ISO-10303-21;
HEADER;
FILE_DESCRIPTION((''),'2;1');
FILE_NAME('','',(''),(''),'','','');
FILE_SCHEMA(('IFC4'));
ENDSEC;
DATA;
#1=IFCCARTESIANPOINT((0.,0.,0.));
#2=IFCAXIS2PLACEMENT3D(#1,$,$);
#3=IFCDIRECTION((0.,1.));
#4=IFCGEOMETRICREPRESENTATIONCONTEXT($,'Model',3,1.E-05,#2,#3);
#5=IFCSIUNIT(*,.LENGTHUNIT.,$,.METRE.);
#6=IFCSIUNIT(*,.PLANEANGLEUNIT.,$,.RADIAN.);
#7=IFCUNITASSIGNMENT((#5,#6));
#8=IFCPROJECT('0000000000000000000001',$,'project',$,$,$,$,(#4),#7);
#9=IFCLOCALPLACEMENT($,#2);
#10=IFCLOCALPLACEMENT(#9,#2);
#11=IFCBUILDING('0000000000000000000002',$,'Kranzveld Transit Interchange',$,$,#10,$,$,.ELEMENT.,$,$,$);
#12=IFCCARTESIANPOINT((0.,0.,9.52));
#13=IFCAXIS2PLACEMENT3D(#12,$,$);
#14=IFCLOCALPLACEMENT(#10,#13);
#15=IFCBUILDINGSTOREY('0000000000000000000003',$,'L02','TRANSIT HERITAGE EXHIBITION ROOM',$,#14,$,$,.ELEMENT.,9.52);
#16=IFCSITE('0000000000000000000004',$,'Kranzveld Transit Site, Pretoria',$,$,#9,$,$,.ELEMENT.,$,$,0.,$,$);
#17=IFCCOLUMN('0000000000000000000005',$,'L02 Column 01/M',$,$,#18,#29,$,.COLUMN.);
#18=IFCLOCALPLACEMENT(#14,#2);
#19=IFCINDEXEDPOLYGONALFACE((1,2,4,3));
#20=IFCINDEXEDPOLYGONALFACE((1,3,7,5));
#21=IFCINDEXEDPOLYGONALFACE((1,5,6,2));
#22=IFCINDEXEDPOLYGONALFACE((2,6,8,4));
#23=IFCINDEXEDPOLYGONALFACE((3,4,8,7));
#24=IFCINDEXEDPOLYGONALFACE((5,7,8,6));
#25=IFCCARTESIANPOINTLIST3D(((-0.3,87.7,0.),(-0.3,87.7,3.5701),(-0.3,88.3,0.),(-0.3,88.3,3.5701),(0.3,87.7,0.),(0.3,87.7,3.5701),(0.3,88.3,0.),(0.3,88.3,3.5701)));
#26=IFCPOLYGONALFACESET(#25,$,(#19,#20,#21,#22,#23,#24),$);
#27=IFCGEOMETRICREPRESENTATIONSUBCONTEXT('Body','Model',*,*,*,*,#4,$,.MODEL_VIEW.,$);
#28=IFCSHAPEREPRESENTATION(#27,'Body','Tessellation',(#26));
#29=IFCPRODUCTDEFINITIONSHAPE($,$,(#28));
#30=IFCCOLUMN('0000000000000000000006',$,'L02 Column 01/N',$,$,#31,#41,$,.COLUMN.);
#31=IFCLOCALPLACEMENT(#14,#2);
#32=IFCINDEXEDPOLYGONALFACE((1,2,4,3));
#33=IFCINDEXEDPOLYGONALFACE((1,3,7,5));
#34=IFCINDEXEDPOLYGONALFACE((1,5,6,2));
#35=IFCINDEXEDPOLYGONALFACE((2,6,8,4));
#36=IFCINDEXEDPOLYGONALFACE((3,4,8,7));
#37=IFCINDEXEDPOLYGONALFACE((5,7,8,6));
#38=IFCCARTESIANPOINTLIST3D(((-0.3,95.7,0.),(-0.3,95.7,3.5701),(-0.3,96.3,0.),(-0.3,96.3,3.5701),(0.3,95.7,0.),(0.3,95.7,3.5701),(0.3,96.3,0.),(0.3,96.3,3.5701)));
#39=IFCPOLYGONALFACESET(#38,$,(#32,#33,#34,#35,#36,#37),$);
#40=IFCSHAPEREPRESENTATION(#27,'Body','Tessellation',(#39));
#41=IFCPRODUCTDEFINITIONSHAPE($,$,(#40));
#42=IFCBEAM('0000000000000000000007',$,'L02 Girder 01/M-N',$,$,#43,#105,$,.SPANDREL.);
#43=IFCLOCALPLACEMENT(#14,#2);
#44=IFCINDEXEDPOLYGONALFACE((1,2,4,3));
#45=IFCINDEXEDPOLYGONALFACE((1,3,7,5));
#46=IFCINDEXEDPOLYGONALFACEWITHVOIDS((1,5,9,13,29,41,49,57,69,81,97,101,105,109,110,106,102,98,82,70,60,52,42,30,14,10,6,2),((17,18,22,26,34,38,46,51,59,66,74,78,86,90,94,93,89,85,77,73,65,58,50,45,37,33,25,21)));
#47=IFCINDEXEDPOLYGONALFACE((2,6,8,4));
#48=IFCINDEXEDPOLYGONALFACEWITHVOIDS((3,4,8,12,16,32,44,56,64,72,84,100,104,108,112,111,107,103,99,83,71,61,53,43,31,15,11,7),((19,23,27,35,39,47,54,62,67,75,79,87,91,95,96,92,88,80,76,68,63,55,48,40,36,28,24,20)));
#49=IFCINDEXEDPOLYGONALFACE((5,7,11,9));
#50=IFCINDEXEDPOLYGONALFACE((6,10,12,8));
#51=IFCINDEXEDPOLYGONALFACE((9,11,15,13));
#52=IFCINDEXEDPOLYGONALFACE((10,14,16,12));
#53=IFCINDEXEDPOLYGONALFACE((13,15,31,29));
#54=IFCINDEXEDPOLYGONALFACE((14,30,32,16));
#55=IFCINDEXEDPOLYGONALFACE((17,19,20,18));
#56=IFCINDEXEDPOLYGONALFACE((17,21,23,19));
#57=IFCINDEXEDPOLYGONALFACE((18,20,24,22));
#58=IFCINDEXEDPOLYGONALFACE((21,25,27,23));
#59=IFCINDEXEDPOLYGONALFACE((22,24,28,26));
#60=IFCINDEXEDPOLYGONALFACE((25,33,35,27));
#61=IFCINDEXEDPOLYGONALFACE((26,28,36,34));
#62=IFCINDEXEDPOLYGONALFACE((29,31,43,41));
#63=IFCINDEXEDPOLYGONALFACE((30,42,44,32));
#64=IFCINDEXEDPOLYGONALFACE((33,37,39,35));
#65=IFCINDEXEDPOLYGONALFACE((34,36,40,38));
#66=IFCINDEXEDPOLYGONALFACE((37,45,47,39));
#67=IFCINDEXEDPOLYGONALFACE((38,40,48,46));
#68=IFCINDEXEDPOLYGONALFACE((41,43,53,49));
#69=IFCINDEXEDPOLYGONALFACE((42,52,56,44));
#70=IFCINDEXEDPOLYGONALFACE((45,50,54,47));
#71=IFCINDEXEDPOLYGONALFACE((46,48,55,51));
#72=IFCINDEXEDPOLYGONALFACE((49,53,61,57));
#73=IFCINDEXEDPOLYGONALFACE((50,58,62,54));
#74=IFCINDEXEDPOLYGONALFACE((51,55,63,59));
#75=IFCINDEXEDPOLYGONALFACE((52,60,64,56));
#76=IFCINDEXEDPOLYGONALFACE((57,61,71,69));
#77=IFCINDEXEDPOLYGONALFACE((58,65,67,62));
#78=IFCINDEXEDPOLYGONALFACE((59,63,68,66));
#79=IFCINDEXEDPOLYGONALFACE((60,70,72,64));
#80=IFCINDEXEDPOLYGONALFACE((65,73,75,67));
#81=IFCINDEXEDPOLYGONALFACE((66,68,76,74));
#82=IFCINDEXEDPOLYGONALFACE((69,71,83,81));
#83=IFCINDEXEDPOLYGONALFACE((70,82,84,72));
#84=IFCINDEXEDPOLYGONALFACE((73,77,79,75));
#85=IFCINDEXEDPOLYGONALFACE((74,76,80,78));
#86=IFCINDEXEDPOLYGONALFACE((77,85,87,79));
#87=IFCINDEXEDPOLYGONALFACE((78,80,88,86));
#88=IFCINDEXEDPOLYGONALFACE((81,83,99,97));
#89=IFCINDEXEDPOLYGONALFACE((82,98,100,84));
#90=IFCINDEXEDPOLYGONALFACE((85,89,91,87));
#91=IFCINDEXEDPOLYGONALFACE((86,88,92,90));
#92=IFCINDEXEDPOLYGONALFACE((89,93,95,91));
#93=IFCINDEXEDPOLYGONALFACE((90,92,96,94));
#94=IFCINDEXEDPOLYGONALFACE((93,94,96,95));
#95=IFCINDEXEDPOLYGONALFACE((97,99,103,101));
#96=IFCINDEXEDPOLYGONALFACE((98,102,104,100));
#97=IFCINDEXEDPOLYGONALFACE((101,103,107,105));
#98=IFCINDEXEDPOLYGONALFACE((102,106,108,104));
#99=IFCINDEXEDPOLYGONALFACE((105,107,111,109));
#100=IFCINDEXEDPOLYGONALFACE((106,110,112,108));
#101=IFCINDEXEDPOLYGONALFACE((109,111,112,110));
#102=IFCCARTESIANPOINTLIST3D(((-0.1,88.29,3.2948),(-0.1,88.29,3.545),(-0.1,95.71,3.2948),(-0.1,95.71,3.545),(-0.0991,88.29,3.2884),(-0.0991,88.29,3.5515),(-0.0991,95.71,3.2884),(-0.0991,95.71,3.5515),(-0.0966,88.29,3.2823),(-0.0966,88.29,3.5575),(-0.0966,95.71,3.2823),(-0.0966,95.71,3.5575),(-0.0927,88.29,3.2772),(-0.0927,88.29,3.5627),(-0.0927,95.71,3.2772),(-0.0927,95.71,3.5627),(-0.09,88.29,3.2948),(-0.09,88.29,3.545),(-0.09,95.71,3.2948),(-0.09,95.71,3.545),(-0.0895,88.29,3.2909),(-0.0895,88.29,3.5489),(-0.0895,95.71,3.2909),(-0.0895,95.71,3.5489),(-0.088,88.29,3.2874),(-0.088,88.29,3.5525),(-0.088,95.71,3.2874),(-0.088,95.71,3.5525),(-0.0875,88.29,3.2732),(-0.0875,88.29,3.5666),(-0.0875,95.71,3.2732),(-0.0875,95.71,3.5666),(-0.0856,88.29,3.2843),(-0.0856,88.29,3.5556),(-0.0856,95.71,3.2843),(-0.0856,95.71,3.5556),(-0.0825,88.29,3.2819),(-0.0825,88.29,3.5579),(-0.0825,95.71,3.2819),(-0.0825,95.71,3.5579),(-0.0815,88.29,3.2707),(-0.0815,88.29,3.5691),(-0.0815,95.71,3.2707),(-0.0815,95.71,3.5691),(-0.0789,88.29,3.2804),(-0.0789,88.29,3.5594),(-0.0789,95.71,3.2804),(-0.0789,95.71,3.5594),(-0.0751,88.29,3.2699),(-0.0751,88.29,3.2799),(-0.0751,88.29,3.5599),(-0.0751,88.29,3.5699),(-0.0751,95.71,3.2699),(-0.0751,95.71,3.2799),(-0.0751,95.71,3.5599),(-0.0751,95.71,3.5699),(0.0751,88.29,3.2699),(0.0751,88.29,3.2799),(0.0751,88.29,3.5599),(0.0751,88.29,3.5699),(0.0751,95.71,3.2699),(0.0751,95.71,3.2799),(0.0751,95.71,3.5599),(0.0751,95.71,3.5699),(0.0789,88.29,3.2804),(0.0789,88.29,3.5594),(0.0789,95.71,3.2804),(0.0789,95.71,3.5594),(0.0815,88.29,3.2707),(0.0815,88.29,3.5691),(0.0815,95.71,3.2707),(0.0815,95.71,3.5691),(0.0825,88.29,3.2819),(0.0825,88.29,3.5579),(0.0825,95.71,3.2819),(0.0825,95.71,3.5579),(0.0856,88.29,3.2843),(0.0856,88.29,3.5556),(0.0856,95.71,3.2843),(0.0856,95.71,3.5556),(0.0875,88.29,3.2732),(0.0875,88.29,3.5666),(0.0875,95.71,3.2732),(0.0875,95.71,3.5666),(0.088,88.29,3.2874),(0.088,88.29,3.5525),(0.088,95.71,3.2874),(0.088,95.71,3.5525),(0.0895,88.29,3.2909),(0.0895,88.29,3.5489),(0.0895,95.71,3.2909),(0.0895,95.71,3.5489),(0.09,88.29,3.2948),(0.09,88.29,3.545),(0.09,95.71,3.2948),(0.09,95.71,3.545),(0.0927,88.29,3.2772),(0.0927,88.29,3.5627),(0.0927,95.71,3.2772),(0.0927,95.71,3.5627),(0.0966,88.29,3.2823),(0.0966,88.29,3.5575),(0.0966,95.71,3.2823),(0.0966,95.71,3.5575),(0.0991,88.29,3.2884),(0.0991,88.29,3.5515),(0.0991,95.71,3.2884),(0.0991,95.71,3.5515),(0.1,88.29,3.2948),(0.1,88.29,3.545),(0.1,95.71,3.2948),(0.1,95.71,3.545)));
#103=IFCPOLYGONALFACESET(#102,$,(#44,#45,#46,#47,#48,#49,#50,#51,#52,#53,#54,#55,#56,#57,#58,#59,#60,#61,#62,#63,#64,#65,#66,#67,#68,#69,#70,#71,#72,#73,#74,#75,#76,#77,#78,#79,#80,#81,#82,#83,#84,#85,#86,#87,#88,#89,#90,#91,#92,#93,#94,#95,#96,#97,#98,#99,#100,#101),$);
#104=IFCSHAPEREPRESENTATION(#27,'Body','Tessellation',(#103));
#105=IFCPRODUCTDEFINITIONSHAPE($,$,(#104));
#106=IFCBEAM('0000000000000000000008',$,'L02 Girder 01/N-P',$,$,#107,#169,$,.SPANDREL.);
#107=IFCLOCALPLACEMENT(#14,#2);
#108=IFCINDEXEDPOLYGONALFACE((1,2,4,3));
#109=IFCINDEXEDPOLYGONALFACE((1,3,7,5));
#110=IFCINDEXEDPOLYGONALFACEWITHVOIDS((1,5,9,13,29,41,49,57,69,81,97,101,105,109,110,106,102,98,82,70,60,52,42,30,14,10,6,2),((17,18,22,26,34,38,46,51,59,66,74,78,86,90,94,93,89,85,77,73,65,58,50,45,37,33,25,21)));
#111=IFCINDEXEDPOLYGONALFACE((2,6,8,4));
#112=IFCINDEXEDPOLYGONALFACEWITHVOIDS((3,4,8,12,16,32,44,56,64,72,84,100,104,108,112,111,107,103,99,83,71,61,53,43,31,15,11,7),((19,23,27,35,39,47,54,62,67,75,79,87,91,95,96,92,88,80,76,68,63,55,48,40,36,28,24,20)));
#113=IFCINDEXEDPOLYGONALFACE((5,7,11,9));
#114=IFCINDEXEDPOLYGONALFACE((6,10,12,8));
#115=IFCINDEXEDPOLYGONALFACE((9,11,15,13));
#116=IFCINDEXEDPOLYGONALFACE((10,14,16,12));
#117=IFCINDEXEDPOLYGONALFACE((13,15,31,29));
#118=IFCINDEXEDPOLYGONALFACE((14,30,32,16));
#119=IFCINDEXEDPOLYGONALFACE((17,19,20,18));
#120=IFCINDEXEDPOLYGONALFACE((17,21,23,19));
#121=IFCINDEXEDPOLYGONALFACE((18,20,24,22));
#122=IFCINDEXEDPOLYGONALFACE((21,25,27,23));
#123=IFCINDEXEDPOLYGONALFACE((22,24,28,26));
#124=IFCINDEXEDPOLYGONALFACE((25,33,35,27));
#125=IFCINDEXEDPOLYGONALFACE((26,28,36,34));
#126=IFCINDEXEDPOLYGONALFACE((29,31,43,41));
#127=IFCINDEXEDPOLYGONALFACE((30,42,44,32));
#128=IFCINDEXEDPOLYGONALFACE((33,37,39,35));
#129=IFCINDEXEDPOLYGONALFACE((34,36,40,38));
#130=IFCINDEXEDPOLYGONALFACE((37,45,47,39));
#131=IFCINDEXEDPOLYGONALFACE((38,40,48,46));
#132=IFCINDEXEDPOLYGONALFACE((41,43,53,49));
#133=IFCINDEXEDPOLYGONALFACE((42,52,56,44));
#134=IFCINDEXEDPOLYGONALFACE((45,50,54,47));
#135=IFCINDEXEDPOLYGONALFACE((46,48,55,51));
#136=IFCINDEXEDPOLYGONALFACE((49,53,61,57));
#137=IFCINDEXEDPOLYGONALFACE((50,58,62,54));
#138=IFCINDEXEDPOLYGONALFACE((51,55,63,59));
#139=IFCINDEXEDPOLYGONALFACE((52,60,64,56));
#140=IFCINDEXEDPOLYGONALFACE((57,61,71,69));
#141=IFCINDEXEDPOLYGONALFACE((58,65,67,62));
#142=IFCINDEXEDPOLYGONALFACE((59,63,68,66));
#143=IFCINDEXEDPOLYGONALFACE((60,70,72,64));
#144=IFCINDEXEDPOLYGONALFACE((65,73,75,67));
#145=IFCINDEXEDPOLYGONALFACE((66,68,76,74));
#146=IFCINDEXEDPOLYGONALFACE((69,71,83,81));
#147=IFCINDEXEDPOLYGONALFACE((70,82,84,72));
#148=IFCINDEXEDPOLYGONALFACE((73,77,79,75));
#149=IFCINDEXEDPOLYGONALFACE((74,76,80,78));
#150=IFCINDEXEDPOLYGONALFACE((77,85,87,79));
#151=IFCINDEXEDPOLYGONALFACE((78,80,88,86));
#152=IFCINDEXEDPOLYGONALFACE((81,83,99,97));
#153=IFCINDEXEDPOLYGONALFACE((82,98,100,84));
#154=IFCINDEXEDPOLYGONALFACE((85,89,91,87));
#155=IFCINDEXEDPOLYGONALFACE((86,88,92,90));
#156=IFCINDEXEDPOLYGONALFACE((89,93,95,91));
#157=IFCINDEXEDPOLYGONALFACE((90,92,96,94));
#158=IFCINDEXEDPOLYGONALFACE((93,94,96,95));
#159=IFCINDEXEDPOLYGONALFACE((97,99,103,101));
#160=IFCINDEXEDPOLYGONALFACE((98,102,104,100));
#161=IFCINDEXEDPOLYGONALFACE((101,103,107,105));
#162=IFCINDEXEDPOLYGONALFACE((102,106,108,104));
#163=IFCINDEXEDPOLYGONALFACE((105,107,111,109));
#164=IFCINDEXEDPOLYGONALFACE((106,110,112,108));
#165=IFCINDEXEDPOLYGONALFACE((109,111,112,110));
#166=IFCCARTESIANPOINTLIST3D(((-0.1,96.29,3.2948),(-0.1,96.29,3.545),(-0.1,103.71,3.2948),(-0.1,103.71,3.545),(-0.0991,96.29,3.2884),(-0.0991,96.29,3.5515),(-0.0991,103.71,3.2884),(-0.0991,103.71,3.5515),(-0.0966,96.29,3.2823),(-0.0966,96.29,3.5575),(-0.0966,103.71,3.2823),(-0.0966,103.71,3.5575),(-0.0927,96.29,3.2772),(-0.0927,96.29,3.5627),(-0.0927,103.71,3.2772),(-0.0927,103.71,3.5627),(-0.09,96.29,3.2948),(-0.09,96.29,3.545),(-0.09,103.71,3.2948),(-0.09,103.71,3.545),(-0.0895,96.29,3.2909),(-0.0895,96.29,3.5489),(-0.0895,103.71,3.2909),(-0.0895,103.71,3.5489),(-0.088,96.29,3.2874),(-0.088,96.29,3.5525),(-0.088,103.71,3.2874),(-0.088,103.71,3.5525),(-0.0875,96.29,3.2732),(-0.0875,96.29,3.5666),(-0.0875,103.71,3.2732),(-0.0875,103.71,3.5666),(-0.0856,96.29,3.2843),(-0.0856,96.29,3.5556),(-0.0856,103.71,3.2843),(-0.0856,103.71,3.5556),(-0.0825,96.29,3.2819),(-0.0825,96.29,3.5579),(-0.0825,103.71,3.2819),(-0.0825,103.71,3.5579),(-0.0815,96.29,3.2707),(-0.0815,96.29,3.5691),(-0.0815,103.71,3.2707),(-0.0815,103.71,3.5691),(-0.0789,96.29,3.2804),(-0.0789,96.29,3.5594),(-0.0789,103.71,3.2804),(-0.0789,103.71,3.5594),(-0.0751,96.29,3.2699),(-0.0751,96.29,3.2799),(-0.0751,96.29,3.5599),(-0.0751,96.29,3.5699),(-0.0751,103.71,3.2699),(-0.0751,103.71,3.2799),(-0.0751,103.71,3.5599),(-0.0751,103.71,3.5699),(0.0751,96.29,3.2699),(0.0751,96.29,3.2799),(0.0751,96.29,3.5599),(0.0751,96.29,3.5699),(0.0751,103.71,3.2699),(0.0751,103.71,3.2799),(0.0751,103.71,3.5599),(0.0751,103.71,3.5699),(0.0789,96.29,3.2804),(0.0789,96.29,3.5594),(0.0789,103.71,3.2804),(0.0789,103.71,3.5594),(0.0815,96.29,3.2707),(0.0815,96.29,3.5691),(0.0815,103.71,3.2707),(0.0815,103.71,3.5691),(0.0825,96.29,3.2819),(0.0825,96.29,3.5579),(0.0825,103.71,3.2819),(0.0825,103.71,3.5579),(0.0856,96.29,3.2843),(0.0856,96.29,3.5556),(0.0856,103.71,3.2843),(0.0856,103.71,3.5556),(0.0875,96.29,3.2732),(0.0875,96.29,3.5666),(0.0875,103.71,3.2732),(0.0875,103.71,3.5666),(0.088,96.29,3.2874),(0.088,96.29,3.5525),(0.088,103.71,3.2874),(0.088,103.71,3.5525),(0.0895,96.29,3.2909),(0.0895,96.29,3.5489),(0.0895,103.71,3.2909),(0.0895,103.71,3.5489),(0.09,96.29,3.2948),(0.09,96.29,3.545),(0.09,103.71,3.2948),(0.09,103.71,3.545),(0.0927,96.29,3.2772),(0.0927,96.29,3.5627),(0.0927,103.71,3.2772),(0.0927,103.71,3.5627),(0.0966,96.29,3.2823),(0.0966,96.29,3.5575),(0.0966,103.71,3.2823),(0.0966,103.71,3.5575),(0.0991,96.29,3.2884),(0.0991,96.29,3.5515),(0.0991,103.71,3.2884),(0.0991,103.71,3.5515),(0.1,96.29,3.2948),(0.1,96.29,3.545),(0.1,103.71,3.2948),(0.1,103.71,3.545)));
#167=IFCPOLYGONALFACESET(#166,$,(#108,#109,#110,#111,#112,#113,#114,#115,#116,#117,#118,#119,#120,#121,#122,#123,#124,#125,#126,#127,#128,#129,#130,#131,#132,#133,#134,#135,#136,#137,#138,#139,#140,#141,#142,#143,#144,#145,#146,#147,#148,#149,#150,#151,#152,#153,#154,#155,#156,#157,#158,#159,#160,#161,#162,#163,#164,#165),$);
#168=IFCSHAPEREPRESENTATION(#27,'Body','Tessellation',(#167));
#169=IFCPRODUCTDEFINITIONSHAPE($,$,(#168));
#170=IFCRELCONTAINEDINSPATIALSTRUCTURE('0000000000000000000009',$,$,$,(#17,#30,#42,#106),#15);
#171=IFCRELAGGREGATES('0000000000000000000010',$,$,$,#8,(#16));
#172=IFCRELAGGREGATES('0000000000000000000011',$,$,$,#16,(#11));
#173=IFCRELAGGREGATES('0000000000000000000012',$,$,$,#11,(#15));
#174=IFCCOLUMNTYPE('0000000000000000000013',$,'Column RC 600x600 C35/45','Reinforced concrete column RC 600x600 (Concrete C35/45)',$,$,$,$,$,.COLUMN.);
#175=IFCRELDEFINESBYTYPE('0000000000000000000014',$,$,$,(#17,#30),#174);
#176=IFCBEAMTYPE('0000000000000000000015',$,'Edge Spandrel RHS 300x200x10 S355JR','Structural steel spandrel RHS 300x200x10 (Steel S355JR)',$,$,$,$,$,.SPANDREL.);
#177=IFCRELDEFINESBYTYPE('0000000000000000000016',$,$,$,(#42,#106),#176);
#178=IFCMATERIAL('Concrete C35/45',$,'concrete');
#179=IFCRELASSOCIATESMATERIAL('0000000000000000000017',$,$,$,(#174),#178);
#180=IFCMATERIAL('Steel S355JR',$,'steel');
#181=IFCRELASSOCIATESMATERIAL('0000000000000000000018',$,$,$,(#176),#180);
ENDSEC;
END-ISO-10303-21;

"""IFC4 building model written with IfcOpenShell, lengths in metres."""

from ifc_helpers import new_model, si_unit, direction, frame, origin, origin_2d, place, context, subcontext, project, spatial, rectangle, hollow_rectangle, extrude, material, material_profile, profile_set, type_object, element, save


model = new_model("IFC4")

# Units and contexts
model_context = context("Model", 3, precision=1e-05, world=origin(), true_north=direction((0.0, 1.0)))
body_context = subcontext(model_context, "Body", "Model", "MODEL_VIEW")
ifc_project = project(units=[si_unit("LENGTHUNIT", "METRE"), si_unit("PLANEANGLEUNIT", "RADIAN")], contexts=[model_context])

# Site, building, storey
site_placement = place(None, origin())
site = spatial("IfcSite", under=ifc_project, at=site_placement, Name="Kranzveld Transit Site, Pretoria", CompositionType="ELEMENT", RefElevation=0.0)
building_placement = place(site_placement, origin())
building = spatial("IfcBuilding", under=site, at=building_placement, Name="Kranzveld Transit Interchange", CompositionType="ELEMENT")
storey_placement = place(building_placement, frame((0.0, 0.0, 9.52)))
storey = spatial("IfcBuildingStorey", under=building, at=storey_placement, Name="L02", Description="TRANSIT HERITAGE EXHIBITION ROOM", CompositionType="ELEMENT", Elevation=9.52)

# Columns
ifc_material_1 = material(Name="Concrete C35/45", Category="concrete")
ifc_material_profile_1 = material_profile(ifc_material_1, rectangle(XDim=0.6001, YDim=0.6001, at=origin_2d()), Name="RC 600x600")
ifc_profile_set_1 = profile_set([ifc_material_profile_1], Name="Concrete C35/45")
column_type = type_object("IfcColumnType", Name="Column RC 600x600 C35/45", Description="Reinforced concrete column RC 600x600 (Concrete C35/45)", PredefinedType="COLUMN", material=ifc_profile_set_1)
for number, where, z_axis, x_axis, name in (
    (1, (0.0, 88.0, 0.0), (0.0, 0.0, 1.0), (1.0, 0.0, 0.0), "L02 Column 01/M"),
    (2, (0.0, 96.0, 0.0), (0.0, 0.0, 1.0), (1.0, 0.0, 0.0), "L02 Column 01/N"),
):
    element("IfcColumn", number, at=place(storey_placement, frame(where, z_axis=z_axis, x_axis=x_axis)), inside=storey, type_object=column_type, Name=name, PredefinedType="COLUMN", context=body_context, shape_type="SweptSolid", body=[
        extrude(rectangle(XDim=0.6001, YDim=0.6001, at=origin_2d()), origin(), (0.0, 0.0, 1.0), 3.5701),
    ])

# Beams
ifc_material_2 = material(Name="Steel S355JR", Category="steel")
ifc_material_profile_2 = material_profile(ifc_material_2, hollow_rectangle(XDim=0.2, YDim=0.3, WallThickness=0.01, InnerFilletRadius=0.0149, OuterFilletRadius=0.0249, at=origin_2d()), Name="RHS 300x200x10")
ifc_profile_set_2 = profile_set([ifc_material_profile_2], Name="Steel S355JR")
beam_type_1 = type_object("IfcBeamType", Name="Edge Spandrel RHS 300x200x10 S355JR", Description="Structural steel spandrel RHS 300x200x10 (Steel S355JR)", PredefinedType="SPANDREL", material=ifc_profile_set_2)
for number, where, z_axis, x_axis, name in (
    (3, (0.0, 88.29, 3.4199), (0.0, 1.0, 0.0), (-1.0, 0.0, 0.0), "L02 Girder 01/M-N"),
    (4, (0.0, 96.29, 3.4199), (0.0, 1.0, 0.0), (-1.0, 0.0, 0.0), "L02 Girder 01/N-P"),
):
    element("IfcBeam", number, at=place(storey_placement, frame(where, z_axis=z_axis, x_axis=x_axis)), inside=storey, type_object=beam_type_1, Name=name, PredefinedType="SPANDREL", context=body_context, shape_type="SweptSolid", body=[
        extrude(hollow_rectangle(XDim=0.2, YDim=0.3, WallThickness=0.01, InnerFilletRadius=0.0149, OuterFilletRadius=0.0249, at=origin_2d()), origin(), (0.0, 0.0, 1.0), 7.4199),
    ])

save(model, "model.ifc")
